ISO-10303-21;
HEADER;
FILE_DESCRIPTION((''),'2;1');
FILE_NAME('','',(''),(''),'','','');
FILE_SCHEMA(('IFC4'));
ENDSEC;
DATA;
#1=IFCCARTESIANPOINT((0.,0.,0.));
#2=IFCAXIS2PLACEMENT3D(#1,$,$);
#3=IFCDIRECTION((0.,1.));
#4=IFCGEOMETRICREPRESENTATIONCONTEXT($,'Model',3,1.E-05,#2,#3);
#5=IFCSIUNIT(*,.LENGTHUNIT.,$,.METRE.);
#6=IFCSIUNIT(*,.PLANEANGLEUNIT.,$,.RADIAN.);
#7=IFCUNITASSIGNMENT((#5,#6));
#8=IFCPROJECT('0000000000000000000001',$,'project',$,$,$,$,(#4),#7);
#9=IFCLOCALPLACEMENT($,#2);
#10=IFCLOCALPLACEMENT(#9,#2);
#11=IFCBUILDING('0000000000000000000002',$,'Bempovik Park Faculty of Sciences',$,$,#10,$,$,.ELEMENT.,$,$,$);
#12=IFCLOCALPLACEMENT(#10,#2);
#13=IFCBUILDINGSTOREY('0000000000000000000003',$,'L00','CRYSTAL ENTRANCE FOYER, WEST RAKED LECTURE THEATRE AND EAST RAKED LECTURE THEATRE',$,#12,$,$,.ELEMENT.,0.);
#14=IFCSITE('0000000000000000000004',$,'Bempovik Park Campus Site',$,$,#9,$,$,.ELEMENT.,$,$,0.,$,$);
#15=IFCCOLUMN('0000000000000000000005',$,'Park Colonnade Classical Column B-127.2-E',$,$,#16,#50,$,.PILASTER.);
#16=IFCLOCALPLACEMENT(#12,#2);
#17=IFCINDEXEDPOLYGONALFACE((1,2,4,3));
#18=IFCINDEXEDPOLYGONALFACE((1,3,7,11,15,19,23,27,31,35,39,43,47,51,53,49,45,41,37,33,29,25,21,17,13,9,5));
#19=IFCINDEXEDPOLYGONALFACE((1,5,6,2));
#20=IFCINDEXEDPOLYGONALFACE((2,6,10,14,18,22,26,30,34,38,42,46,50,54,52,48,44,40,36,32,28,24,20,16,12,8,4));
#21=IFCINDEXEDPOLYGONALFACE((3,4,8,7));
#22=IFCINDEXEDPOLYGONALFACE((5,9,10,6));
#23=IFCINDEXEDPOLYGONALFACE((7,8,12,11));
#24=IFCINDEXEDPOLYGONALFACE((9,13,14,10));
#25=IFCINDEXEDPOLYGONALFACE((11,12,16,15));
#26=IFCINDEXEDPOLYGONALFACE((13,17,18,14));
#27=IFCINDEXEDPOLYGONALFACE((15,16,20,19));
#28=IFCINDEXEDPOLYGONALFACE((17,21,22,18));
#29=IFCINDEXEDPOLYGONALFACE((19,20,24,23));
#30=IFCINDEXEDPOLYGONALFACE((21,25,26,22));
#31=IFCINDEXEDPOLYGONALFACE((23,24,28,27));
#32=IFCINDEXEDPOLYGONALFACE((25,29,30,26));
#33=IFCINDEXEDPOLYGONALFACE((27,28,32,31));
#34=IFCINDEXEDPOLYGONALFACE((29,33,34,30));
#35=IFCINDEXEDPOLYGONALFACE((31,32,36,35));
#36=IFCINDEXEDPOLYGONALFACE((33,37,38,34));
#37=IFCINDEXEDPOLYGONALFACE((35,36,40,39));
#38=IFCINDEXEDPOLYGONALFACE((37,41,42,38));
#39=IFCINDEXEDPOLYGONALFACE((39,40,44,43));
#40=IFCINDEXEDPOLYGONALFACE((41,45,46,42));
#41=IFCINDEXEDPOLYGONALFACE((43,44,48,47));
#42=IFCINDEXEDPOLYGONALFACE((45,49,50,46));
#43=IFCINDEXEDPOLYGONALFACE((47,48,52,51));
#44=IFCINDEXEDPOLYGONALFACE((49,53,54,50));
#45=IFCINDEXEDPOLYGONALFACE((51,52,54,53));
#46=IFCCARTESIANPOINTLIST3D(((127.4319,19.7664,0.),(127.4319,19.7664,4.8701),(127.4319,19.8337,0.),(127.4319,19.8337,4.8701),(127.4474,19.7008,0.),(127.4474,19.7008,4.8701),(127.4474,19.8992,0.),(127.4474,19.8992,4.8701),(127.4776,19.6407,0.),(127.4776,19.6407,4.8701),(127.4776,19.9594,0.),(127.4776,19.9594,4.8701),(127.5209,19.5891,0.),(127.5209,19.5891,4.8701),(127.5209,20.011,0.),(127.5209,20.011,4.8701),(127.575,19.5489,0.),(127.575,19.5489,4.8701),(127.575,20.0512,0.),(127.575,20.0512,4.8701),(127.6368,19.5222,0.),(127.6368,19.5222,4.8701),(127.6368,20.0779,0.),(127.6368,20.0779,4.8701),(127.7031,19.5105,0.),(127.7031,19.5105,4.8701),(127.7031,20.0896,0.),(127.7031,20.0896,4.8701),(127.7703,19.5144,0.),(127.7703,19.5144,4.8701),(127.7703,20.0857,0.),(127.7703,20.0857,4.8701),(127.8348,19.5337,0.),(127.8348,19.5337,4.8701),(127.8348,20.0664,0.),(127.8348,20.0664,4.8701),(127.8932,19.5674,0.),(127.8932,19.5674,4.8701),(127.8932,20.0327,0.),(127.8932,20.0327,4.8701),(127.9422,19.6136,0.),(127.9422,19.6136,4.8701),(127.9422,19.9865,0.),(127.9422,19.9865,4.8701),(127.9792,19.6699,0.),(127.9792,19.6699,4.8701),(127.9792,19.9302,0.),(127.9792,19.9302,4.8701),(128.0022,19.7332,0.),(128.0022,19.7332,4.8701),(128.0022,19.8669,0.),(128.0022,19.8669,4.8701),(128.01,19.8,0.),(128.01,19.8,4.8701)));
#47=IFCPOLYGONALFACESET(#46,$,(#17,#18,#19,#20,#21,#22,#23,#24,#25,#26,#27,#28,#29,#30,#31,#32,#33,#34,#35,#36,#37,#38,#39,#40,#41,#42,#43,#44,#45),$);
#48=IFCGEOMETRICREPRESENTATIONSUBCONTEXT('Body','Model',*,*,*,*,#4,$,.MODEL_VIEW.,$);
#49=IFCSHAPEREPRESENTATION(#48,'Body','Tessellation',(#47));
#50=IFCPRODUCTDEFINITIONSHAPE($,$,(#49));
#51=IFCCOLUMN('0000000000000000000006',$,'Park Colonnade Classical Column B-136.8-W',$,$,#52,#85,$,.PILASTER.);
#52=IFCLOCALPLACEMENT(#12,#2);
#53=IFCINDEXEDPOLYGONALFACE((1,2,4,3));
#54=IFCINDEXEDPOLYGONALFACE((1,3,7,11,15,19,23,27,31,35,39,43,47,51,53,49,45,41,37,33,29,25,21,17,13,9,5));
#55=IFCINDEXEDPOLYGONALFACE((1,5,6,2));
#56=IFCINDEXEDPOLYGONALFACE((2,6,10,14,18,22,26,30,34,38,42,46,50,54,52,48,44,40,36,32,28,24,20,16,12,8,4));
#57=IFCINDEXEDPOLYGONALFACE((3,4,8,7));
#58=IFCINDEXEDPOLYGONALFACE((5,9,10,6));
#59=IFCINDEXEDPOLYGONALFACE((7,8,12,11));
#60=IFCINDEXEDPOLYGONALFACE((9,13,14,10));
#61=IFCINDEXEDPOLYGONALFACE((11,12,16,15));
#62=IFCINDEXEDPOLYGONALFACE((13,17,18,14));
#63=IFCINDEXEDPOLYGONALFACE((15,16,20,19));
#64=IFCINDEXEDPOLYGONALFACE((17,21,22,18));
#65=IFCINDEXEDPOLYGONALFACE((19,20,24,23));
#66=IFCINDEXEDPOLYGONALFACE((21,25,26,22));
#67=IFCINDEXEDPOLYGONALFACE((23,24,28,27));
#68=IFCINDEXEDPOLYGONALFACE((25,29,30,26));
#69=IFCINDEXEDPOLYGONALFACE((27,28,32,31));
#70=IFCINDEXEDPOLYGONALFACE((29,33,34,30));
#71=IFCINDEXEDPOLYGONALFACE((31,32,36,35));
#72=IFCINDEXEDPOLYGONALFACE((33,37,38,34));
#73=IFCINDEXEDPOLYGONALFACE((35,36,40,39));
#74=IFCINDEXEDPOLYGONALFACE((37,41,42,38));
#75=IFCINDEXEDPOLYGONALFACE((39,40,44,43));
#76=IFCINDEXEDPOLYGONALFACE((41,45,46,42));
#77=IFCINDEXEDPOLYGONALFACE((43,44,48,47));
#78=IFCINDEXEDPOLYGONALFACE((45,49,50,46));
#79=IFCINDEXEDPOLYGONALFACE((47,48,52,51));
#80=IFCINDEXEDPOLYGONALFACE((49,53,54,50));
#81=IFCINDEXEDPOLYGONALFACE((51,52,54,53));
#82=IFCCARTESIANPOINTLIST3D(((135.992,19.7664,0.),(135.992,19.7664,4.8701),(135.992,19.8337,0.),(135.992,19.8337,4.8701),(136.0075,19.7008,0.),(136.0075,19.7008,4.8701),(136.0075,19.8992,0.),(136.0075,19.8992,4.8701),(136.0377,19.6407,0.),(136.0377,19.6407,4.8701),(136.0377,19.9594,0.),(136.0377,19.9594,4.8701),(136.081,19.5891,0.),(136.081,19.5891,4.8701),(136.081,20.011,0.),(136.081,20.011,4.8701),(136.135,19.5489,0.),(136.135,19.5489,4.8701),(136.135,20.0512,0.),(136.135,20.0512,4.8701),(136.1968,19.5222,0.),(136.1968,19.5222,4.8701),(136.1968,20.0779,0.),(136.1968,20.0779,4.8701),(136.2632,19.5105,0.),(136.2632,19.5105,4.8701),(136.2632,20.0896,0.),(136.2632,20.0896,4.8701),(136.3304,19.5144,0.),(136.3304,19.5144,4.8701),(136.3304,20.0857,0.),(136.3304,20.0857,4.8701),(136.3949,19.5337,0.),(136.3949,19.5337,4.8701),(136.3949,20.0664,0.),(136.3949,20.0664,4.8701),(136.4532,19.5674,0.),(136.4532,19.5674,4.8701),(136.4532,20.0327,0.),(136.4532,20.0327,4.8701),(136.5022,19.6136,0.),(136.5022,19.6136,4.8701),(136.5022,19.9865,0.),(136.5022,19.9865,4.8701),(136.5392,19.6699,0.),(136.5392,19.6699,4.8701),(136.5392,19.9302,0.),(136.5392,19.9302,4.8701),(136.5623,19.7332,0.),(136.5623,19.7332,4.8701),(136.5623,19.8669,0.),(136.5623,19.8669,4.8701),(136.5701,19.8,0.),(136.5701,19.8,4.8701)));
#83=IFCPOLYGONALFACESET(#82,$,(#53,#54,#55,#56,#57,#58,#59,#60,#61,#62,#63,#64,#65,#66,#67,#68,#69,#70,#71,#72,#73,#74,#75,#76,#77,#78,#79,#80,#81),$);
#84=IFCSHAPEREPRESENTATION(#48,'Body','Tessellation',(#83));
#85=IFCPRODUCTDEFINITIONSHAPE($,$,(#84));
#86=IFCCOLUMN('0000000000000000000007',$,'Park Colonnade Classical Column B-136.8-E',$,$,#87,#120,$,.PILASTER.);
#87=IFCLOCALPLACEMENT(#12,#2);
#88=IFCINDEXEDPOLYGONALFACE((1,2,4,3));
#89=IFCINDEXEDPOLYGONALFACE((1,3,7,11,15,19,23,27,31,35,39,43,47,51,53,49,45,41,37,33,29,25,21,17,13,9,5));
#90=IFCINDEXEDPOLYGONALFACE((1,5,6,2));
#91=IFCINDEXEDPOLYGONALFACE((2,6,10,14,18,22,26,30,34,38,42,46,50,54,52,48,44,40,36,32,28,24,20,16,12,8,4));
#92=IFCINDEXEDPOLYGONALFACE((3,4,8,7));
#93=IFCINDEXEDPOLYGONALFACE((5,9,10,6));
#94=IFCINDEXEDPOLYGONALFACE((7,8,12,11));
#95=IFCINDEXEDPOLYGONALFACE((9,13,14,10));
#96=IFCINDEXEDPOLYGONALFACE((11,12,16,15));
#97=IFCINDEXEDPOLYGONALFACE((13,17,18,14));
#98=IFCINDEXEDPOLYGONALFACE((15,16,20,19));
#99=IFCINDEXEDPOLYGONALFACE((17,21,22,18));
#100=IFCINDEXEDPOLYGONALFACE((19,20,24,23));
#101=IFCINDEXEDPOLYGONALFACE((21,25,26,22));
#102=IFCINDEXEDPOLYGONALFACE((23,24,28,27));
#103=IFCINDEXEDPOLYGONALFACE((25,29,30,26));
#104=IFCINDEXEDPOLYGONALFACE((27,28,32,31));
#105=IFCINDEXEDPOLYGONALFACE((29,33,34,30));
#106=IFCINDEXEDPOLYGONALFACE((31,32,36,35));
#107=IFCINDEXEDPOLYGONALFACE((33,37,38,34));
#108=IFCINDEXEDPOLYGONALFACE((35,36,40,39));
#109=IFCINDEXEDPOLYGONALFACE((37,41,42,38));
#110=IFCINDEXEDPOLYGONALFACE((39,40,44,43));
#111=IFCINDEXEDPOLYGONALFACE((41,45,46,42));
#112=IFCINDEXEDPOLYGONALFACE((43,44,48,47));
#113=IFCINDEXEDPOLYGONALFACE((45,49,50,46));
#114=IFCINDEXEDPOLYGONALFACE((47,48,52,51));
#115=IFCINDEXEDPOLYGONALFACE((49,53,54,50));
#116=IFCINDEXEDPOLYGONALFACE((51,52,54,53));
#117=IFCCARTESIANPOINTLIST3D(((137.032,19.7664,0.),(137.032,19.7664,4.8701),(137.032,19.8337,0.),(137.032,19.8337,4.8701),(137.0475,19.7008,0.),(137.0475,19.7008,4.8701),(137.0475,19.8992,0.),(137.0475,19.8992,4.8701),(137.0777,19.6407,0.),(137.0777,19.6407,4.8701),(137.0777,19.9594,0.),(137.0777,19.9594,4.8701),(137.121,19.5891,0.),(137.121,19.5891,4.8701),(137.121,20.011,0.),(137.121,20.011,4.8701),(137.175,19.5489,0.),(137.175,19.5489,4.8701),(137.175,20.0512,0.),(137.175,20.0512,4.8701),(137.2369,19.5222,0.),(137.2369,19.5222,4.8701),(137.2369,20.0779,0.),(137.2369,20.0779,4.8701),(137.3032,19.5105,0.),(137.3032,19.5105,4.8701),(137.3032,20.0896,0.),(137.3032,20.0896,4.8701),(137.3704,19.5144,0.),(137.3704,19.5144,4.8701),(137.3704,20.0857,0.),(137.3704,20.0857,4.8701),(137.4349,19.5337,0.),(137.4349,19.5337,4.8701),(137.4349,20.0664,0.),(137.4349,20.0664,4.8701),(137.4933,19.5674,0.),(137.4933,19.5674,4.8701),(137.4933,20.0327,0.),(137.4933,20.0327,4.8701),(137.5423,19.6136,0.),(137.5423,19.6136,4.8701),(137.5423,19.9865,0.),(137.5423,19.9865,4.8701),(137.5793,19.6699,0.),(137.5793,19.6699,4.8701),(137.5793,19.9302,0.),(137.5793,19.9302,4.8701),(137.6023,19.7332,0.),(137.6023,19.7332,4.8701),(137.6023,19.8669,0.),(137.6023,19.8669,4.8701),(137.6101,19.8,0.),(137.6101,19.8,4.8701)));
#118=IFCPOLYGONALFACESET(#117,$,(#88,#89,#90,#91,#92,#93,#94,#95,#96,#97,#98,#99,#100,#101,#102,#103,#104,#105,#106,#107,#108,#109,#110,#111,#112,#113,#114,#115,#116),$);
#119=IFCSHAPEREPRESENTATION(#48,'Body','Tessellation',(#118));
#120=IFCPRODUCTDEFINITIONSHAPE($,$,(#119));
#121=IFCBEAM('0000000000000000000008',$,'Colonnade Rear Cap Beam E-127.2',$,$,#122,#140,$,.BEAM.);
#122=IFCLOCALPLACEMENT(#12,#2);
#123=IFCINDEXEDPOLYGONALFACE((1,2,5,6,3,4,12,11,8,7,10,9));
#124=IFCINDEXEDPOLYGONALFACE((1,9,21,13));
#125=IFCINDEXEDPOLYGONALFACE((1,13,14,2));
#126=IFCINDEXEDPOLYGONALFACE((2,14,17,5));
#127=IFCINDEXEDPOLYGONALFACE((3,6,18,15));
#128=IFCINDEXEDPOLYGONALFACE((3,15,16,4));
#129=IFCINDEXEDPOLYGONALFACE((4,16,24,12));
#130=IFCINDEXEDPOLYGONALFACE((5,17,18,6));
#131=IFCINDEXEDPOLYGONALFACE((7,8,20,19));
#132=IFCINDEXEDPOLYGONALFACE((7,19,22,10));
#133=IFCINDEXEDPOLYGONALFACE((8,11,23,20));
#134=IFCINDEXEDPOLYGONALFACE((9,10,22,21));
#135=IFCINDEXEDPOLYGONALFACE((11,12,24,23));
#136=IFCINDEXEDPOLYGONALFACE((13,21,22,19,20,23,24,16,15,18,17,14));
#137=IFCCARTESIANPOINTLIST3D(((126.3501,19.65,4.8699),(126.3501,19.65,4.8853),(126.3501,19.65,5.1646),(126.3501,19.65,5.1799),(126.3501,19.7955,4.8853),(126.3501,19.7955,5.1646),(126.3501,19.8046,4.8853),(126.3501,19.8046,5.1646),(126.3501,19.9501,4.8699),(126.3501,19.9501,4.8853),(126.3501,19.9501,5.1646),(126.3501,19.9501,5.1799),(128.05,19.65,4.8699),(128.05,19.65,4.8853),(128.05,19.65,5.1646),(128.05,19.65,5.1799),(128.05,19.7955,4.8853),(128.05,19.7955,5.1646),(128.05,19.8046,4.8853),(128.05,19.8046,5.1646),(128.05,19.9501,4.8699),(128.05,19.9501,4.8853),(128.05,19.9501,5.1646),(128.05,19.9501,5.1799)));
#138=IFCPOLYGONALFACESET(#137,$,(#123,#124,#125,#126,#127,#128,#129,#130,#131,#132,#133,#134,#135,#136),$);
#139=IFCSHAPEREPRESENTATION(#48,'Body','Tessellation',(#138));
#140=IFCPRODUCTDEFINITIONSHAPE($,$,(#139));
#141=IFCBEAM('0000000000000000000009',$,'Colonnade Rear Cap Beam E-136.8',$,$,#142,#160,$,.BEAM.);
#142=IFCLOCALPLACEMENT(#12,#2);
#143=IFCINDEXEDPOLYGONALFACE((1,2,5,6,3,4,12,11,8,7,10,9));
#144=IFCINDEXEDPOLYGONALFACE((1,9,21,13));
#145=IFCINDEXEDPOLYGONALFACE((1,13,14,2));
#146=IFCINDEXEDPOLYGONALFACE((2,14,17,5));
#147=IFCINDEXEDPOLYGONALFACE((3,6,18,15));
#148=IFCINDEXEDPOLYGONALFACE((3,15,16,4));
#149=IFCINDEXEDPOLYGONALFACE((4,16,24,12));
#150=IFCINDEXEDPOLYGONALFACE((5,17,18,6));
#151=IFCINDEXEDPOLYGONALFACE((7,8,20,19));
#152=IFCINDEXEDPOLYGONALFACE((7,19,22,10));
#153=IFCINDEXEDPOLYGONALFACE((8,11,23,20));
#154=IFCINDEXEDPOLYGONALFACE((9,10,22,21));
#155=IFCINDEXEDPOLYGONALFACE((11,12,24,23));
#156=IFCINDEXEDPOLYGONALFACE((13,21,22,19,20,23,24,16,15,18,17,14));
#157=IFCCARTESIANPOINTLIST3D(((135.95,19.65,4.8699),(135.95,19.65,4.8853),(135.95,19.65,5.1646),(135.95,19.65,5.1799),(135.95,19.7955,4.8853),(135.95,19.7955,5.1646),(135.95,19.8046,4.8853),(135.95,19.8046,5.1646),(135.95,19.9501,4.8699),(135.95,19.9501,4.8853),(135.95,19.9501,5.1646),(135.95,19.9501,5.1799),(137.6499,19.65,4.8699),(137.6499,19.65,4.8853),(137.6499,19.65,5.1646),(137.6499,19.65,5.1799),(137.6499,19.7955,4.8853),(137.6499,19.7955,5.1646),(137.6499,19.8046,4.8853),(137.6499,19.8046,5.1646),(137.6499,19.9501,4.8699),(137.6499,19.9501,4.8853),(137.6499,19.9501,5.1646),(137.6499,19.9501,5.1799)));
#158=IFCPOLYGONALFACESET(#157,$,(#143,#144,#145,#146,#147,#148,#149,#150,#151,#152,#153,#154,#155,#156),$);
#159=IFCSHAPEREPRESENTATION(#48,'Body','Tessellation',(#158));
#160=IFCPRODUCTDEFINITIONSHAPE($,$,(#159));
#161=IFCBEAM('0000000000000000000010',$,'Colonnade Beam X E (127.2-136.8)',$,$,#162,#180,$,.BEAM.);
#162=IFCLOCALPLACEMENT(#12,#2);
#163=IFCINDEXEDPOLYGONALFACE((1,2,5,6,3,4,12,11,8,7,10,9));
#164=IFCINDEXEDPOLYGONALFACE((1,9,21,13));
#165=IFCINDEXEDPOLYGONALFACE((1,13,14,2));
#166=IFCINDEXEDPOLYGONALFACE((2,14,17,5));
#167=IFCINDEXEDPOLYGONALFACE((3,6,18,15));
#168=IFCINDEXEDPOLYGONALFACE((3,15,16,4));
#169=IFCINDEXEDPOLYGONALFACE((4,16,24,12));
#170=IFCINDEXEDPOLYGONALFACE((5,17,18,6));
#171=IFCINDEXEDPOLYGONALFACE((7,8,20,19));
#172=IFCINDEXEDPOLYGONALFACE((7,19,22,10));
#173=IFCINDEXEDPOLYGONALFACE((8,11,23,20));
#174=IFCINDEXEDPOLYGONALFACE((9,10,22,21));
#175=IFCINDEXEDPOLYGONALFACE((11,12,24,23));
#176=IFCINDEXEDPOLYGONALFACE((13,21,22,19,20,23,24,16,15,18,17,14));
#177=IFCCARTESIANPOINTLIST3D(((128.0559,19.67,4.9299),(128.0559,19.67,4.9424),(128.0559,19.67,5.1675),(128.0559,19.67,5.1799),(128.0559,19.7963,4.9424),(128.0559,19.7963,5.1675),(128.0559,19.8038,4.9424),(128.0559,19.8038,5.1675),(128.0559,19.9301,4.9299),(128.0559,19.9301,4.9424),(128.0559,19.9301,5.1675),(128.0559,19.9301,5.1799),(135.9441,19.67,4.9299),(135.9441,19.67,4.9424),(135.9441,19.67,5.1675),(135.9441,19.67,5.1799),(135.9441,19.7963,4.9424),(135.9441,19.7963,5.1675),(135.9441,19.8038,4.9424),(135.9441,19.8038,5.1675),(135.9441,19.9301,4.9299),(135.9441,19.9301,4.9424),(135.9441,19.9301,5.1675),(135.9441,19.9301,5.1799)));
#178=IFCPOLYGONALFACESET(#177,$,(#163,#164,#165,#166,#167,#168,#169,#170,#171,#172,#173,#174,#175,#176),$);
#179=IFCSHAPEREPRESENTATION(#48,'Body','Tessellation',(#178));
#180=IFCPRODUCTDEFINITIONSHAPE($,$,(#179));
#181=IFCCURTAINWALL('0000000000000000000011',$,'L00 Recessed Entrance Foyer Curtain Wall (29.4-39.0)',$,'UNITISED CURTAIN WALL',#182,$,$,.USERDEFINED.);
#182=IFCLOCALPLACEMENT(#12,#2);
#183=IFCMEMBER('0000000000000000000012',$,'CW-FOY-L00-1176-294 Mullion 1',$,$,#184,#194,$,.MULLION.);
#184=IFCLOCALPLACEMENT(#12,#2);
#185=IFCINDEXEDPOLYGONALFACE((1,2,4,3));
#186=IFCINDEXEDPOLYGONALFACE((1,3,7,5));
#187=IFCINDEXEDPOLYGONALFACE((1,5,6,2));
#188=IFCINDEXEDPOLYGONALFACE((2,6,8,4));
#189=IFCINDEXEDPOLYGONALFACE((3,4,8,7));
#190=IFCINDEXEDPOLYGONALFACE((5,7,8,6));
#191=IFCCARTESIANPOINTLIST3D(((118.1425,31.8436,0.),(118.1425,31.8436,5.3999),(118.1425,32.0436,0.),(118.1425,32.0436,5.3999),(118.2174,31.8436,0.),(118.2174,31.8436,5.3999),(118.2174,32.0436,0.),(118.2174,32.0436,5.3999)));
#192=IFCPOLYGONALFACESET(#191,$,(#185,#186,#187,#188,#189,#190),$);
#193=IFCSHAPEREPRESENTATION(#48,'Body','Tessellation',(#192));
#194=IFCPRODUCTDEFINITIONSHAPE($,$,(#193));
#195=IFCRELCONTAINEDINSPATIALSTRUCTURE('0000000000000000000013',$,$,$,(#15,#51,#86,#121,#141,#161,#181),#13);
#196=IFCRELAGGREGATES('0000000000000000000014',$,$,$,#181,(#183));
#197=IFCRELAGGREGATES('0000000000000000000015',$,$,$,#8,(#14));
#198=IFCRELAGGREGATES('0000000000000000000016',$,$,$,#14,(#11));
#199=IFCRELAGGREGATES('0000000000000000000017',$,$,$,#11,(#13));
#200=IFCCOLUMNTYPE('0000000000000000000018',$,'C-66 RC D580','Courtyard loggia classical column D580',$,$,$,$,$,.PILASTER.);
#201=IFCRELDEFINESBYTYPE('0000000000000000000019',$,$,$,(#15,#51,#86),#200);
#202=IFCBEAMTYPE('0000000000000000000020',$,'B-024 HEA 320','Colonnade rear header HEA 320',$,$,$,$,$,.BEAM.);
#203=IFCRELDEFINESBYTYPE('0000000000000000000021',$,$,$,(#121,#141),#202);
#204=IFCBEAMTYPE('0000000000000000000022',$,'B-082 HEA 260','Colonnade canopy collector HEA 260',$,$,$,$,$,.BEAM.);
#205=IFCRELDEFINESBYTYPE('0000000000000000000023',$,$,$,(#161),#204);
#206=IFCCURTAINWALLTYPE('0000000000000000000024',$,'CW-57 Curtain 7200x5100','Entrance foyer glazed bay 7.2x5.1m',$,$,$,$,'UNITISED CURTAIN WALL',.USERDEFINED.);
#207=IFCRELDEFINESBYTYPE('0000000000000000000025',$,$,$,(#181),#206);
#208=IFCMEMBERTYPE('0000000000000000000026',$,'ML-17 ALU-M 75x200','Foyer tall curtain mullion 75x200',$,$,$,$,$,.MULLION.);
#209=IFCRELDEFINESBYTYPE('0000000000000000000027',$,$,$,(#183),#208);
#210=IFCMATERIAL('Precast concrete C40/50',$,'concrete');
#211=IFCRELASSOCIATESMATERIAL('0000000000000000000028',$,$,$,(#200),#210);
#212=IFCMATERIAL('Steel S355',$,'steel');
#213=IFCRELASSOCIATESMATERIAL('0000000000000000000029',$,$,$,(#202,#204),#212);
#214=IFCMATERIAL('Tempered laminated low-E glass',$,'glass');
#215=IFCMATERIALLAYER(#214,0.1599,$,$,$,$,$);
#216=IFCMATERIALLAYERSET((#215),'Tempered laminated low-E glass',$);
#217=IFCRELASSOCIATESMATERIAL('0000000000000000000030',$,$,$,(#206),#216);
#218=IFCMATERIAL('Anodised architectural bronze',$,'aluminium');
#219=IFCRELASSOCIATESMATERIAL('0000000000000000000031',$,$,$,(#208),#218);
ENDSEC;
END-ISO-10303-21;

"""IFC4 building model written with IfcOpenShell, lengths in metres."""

from ifc_helpers import new_model, si_unit, direction, frame, origin, origin_2d, place, context, subcontext, project, spatial, rectangle, circle, i_section, extrude, material, layer, layer_set, material_profile, profile_set, type_object, element, aggregate, save


model = new_model("IFC4")

# Units and contexts
model_context = context("Model", 3, precision=1e-05, world=origin(), true_north=direction((0.0, 1.0)))
body_context = subcontext(model_context, "Body", "Model", "MODEL_VIEW")
ifc_project = project(units=[si_unit("LENGTHUNIT", "METRE"), si_unit("PLANEANGLEUNIT", "RADIAN")], contexts=[model_context])

# Site, building, storey
site_placement = place(None, origin())
site = spatial("IfcSite", under=ifc_project, at=site_placement, Name="Bempovik Park Campus Site", CompositionType="ELEMENT", RefElevation=0.0)
building_placement = place(site_placement, origin())
building = spatial("IfcBuilding", under=site, at=building_placement, Name="Bempovik Park Faculty of Sciences", CompositionType="ELEMENT")
storey_placement = place(building_placement, origin())
storey = spatial("IfcBuildingStorey", under=building, at=storey_placement, Name="L00", Description="CRYSTAL ENTRANCE FOYER, WEST RAKED LECTURE THEATRE AND EAST RAKED LECTURE THEATRE", CompositionType="ELEMENT", Elevation=0.0)

# Columns
ifc_material_1 = material(Name="Precast concrete C40/50", Category="concrete")
ifc_material_profile_1 = material_profile(ifc_material_1, circle(Radius=0.29, at=origin_2d()), Name="RC D580")
ifc_profile_set_1 = profile_set([ifc_material_profile_1], Name="Precast concrete C40/50")
column_type = type_object("IfcColumnType", Name="C-66 RC D580", Description="Courtyard loggia classical column D580", PredefinedType="PILASTER", material=ifc_profile_set_1)
for number, where, z_axis, x_axis, name in (
    (1, (127.72, 19.8, 0.0), (0.0, 0.0, 1.0), (1.0, 0.0, 0.0), "Park Colonnade Classical Column B-127.2-E"),
    (2, (136.28, 19.8, 0.0), (0.0, 0.0, 1.0), (1.0, 0.0, 0.0), "Park Colonnade Classical Column B-136.8-W"),
    (3, (137.3201, 19.8, 0.0), (0.0, 0.0, 1.0), (1.0, 0.0, 0.0), "Park Colonnade Classical Column B-136.8-E"),
):
    element("IfcColumn", number, at=place(storey_placement, frame(where, z_axis=z_axis, x_axis=x_axis)), inside=storey, type_object=column_type, Name=name, PredefinedType="PILASTER", context=body_context, shape_type="SweptSolid", body=[
        extrude(circle(Radius=0.29, at=origin_2d()), origin(), (0.0, 0.0, 1.0), 4.8701),
    ])

# Beams
ifc_material_2 = material(Name="Steel S355", Category="steel")
ifc_material_profile_2 = material_profile(ifc_material_2, i_section(OverallWidth=0.3, OverallDepth=0.3101, WebThickness=0.009, FlangeThickness=0.0154, at=origin_2d()), Name="HEA 320")
ifc_profile_set_2 = profile_set([ifc_material_profile_2], Name="Steel S355")
beam_type_1 = type_object("IfcBeamType", Name="B-024 HEA 320", Description="Colonnade rear header HEA 320", PredefinedType="BEAM", material=ifc_profile_set_2)
for number, where, z_axis, x_axis, name in (
    (4, (126.3501, 19.8, 5.0249), (1.0, 0.0, 0.0), (0.0, 1.0, 0.0), "Colonnade Rear Cap Beam E-127.2"),
    (5, (135.95, 19.8, 5.0249), (1.0, 0.0, 0.0), (0.0, 1.0, 0.0), "Colonnade Rear Cap Beam E-136.8"),
):
    element("IfcBeam", number, at=place(storey_placement, frame(where, z_axis=z_axis, x_axis=x_axis)), inside=storey, type_object=beam_type_1, Name=name, PredefinedType="BEAM", context=body_context, shape_type="SweptSolid", body=[
        extrude(i_section(OverallWidth=0.3, OverallDepth=0.3101, WebThickness=0.009, FlangeThickness=0.0154, at=origin_2d()), origin(), (0.0, 0.0, 1.0), 1.7),
    ])
ifc_material_profile_3 = material_profile(ifc_material_2, i_section(OverallWidth=0.26, OverallDepth=0.25, WebThickness=0.0076, FlangeThickness=0.0125, at=origin_2d()), Name="HEA 260")
ifc_profile_set_3 = profile_set([ifc_material_profile_3], Name="Steel S355")
beam_type_2 = type_object("IfcBeamType", Name="B-082 HEA 260", Description="Colonnade canopy collector HEA 260", PredefinedType="BEAM", material=ifc_profile_set_3)
beam_placement = place(storey_placement, frame((128.0559, 19.8, 5.0549), z_axis=(1.0, 0.0, 0.0), x_axis=(0.0, 1.0, 0.0)))
element("IfcBeam", 6, at=beam_placement, inside=storey, type_object=beam_type_2, Name="Colonnade Beam X E (127.2-136.8)", PredefinedType="BEAM", context=body_context, shape_type="SweptSolid", body=[
    extrude(i_section(OverallWidth=0.26, OverallDepth=0.25, WebThickness=0.0076, FlangeThickness=0.0125, at=origin_2d()), origin(), (0.0, 0.0, 1.0), 7.8882),
])

# Curtain wall, member
ifc_material_3 = material(Name="Tempered laminated low-E glass", Category="glass")
ifc_layer_1 = layer(ifc_material_3, 0.1599)
ifc_layer_set_1 = layer_set([ifc_layer_1], Name="Tempered laminated low-E glass")
curtain_wall_type = type_object("IfcCurtainWallType", Name="CW-57 Curtain 7200x5100", Description="Entrance foyer glazed bay 7.2x5.1m", ElementType="UNITISED CURTAIN WALL", PredefinedType="USERDEFINED", material=ifc_layer_set_1)
curtain_wall_placement = place(storey_placement, origin())
curtain_wall = element("IfcCurtainWall", 7, at=curtain_wall_placement, inside=storey, type_object=curtain_wall_type, Name="L00 Recessed Entrance Foyer Curtain Wall (29.4-39.0)", ObjectType="UNITISED CURTAIN WALL", PredefinedType="USERDEFINED")
ifc_material_4 = material(Name="Anodised architectural bronze", Category="aluminium")
ifc_material_profile_4 = material_profile(ifc_material_4, rectangle(XDim=0.075, YDim=0.2, at=origin_2d()), Name="ALU-M 75x200")
ifc_profile_set_4 = profile_set([ifc_material_profile_4], Name="Anodised architectural bronze")
member_type_1 = type_object("IfcMemberType", Name="ML-17 ALU-M 75x200", Description="Foyer tall curtain mullion 75x200", PredefinedType="MULLION", material=ifc_profile_set_4)
member_1_placement = place(storey_placement, frame((118.1799, 31.9436, 0.0), z_axis=(0.0, 0.0, 1.0), x_axis=(1.0, 0.0, 0.0)))
member_1 = element("IfcMember", 8, at=member_1_placement, type_object=member_type_1, Name="CW-FOY-L00-1176-294 Mullion 1", PredefinedType="MULLION", context=body_context, shape_type="SweptSolid", body=[
    extrude(rectangle(XDim=0.075, YDim=0.2, at=origin_2d()), origin(), (0.0, 0.0, 1.0), 5.3999),
])
aggregate(curtain_wall, [member_1])

save(model, "model.ifc")
